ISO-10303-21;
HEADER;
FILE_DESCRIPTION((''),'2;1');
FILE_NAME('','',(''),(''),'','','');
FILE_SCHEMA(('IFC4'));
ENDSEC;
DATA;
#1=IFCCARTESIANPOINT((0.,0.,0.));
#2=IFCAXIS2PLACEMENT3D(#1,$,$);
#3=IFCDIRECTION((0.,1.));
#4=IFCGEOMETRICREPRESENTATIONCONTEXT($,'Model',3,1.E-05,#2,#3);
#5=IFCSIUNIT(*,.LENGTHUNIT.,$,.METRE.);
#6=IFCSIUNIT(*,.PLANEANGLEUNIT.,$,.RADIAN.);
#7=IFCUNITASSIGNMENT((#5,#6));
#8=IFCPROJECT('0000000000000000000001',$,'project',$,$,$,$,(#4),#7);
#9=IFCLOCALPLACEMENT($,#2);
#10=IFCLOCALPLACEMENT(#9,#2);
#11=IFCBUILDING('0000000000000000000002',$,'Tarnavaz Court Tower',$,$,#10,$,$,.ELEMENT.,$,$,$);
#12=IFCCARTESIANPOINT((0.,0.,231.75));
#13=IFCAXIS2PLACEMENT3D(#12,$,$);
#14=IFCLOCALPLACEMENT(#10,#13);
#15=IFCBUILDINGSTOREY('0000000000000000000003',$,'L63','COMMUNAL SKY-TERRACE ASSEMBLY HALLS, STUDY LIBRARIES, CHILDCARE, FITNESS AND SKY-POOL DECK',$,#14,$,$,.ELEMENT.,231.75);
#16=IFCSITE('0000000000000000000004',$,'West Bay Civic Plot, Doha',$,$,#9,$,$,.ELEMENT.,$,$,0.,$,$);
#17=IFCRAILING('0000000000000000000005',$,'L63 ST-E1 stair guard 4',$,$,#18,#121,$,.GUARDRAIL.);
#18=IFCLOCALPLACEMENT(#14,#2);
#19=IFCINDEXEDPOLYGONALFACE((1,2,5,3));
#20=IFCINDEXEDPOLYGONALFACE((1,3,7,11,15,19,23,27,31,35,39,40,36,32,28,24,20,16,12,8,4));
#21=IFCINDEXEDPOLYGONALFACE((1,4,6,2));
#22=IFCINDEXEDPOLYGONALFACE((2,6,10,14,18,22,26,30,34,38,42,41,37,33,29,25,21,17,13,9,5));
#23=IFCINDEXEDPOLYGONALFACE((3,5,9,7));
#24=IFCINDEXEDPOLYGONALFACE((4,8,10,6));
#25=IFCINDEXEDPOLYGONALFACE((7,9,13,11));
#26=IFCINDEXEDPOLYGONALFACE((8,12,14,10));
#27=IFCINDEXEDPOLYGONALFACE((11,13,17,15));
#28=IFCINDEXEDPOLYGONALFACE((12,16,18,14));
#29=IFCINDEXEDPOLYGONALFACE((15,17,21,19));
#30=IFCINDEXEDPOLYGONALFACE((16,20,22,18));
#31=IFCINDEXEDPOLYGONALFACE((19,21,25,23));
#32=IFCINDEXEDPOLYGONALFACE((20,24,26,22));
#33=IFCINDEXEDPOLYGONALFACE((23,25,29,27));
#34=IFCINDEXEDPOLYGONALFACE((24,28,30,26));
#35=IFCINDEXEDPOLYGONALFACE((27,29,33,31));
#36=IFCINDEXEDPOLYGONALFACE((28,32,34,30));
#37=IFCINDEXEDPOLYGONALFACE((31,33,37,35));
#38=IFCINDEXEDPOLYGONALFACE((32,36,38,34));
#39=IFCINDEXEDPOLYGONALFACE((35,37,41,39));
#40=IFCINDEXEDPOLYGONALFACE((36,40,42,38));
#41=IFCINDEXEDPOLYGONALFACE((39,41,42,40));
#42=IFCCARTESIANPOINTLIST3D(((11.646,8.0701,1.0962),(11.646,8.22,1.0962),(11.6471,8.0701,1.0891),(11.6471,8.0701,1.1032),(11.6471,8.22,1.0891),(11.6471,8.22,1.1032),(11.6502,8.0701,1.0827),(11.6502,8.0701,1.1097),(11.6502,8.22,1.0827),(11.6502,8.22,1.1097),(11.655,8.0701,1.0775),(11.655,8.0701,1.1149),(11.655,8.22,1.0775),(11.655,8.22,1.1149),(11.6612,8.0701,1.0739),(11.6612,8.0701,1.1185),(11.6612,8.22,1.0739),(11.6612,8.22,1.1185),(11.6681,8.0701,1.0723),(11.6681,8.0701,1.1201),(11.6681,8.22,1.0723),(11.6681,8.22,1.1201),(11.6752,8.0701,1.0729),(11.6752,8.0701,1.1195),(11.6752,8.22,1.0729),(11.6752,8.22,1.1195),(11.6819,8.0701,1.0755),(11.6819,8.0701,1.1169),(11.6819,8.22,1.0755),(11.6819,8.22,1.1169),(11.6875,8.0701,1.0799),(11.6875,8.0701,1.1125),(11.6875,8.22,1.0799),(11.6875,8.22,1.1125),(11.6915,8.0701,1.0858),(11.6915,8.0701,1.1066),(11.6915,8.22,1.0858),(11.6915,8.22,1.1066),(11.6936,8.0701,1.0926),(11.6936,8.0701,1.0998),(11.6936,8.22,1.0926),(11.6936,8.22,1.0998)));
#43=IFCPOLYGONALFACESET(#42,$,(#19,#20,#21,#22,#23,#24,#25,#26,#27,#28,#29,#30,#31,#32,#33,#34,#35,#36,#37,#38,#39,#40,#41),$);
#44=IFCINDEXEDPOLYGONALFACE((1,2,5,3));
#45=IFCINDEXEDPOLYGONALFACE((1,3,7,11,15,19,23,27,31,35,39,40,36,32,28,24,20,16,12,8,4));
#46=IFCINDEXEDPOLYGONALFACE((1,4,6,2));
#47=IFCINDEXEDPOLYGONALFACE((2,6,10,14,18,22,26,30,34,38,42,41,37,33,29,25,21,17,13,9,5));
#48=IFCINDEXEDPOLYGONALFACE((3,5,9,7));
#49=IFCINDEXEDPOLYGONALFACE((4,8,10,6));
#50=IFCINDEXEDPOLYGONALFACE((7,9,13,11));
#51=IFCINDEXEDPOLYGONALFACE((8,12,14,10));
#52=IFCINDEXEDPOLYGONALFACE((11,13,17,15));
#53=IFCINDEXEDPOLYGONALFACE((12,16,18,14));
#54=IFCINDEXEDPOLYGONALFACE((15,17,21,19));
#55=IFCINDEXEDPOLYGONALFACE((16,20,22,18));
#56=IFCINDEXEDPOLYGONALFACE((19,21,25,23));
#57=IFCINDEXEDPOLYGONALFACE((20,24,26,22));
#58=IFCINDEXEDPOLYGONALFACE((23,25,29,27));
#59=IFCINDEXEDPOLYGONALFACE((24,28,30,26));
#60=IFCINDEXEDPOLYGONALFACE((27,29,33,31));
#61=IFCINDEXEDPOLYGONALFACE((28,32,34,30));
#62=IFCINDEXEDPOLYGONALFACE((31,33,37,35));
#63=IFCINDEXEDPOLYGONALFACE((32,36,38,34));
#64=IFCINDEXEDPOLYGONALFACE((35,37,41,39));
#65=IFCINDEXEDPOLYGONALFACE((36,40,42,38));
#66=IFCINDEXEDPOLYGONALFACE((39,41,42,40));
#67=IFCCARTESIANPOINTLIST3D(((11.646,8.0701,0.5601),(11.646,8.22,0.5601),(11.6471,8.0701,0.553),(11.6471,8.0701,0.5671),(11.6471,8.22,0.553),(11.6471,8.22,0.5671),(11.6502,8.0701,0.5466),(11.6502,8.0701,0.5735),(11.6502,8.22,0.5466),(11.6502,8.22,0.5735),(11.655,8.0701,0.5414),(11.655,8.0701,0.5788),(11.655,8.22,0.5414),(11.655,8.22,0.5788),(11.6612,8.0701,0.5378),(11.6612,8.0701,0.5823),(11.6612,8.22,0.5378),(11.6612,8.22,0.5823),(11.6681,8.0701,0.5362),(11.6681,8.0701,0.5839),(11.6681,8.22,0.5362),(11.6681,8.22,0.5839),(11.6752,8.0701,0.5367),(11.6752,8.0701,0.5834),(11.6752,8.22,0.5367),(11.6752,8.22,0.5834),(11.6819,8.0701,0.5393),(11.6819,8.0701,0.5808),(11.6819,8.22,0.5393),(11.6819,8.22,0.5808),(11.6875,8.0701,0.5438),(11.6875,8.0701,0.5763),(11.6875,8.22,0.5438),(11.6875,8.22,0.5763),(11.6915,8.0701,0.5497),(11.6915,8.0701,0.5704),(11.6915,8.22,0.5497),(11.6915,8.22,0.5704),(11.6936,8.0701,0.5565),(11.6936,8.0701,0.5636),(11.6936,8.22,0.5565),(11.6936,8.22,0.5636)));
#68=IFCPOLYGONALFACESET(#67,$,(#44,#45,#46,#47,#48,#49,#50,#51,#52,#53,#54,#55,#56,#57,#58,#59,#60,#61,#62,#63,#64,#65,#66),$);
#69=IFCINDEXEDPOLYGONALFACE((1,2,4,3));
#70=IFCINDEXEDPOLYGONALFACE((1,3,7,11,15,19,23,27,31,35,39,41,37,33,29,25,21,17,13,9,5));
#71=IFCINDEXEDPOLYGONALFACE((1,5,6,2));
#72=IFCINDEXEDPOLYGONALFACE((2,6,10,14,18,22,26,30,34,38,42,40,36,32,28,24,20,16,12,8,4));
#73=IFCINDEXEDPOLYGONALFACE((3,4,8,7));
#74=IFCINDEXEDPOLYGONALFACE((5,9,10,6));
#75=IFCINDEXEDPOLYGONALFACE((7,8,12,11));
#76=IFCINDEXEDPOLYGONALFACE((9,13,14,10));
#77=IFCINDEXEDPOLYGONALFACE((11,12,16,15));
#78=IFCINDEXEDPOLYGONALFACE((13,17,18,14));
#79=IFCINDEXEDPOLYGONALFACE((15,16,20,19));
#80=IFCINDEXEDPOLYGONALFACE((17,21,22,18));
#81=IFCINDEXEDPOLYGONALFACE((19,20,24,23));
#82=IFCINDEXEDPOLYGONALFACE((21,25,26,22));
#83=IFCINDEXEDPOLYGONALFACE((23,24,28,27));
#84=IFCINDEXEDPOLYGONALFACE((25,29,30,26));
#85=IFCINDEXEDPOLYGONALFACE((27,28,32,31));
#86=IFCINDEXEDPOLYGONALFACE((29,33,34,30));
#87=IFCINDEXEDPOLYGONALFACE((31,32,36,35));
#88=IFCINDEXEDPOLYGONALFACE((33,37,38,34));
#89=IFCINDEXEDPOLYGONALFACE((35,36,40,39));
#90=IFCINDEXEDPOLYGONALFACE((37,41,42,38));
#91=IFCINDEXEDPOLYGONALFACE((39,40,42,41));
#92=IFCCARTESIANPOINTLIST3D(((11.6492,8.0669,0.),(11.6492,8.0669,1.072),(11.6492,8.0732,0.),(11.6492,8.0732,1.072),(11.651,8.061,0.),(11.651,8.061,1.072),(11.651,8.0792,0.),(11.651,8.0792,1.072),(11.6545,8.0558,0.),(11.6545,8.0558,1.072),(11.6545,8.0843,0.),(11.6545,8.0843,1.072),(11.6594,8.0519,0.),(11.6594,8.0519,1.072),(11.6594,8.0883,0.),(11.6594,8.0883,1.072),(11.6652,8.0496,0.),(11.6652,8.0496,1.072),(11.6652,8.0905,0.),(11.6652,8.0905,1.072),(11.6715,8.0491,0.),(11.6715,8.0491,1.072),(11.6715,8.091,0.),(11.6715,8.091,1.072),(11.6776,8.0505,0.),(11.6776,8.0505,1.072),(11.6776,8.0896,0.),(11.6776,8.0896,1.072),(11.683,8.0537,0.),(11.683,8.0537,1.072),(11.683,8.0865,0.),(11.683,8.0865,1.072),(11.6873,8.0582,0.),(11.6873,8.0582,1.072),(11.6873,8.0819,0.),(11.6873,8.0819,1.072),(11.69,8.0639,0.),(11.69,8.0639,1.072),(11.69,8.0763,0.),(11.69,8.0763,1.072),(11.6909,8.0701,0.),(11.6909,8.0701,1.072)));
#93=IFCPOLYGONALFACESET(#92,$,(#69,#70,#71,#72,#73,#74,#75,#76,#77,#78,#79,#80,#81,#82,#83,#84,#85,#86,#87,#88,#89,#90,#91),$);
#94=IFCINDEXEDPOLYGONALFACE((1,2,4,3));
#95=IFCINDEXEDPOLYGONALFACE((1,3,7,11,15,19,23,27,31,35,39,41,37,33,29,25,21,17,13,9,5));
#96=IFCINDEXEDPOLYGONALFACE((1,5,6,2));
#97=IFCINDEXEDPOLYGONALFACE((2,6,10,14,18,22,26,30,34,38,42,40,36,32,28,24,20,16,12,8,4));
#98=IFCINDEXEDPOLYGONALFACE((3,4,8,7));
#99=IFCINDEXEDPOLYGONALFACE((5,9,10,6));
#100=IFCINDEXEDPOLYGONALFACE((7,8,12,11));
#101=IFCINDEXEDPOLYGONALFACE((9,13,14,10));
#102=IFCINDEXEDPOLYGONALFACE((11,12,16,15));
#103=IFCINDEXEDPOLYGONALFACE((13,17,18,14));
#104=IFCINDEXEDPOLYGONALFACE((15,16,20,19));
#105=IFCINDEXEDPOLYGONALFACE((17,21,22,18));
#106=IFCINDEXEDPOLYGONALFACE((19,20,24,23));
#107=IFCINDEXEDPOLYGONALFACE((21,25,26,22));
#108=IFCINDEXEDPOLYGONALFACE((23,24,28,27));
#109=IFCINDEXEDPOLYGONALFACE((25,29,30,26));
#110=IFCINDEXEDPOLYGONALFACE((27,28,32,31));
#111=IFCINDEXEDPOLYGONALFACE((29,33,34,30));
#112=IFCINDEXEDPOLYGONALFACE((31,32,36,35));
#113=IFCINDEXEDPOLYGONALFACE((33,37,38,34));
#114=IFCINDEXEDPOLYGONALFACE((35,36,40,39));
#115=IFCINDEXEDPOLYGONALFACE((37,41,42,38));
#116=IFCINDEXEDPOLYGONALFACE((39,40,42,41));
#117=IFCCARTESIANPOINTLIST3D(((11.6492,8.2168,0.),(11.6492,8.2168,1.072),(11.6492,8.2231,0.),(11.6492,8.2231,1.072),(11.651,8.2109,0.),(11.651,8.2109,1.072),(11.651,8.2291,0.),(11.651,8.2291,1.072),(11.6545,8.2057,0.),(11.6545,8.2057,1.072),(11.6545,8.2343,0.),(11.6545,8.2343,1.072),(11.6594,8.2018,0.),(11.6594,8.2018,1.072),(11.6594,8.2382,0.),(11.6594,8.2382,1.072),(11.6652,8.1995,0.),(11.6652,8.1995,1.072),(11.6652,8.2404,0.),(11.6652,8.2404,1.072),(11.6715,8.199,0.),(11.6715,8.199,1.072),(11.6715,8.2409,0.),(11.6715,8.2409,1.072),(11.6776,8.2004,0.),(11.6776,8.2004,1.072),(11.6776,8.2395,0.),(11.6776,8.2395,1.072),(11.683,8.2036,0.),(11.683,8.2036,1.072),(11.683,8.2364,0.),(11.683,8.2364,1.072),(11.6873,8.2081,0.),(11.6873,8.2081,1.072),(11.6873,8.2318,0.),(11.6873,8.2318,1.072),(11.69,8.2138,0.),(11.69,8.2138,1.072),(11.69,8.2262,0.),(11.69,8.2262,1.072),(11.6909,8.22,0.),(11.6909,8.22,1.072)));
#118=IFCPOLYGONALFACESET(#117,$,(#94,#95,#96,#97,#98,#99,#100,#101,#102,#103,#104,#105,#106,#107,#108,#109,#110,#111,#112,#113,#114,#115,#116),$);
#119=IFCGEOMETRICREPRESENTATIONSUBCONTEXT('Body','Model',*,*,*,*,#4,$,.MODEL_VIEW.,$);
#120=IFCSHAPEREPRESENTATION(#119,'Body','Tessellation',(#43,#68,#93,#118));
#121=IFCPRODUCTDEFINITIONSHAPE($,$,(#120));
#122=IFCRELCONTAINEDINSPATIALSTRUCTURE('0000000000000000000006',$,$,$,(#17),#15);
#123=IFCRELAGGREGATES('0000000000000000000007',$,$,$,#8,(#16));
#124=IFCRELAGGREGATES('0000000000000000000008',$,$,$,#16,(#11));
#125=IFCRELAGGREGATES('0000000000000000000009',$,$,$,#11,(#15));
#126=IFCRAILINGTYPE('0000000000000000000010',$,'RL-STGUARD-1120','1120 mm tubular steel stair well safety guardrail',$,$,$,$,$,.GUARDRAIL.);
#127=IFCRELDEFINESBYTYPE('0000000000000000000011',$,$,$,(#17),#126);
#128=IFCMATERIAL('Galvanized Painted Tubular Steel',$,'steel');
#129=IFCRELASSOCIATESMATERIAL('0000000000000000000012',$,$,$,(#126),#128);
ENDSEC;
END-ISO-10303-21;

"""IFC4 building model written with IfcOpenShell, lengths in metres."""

from ifc_helpers import new_model, si_unit, direction, frame, origin, origin_2d, place, context, subcontext, project, spatial, circle, extrude, material, type_object, element, save


model = new_model("IFC4")

# Units and contexts
model_context = context("Model", 3, precision=1e-05, world=origin(), true_north=direction((0.0, 1.0)))
body_context = subcontext(model_context, "Body", "Model", "MODEL_VIEW")
ifc_project = project(units=[si_unit("LENGTHUNIT", "METRE"), si_unit("PLANEANGLEUNIT", "RADIAN")], contexts=[model_context])

# Site, building, storey
site_placement = place(None, origin())
site = spatial("IfcSite", under=ifc_project, at=site_placement, Name="West Bay Civic Plot, Doha", CompositionType="ELEMENT", RefElevation=0.0)
building_placement = place(site_placement, origin())
building = spatial("IfcBuilding", under=site, at=building_placement, Name="Tarnavaz Court Tower", CompositionType="ELEMENT")
storey_placement = place(building_placement, frame((0.0, 0.0, 231.75)))
storey = spatial("IfcBuildingStorey", under=building, at=storey_placement, Name="L63", Description="COMMUNAL SKY-TERRACE ASSEMBLY HALLS, STUDY LIBRARIES, CHILDCARE, FITNESS AND SKY-POOL DECK", CompositionType="ELEMENT", Elevation=231.75)

# Railing
ifc_material_1 = material(Name="Galvanized Painted Tubular Steel", Category="steel")
railing_type_1 = type_object("IfcRailingType", Name="RL-STGUARD-1120", Description="1120 mm tubular steel stair well safety guardrail", PredefinedType="GUARDRAIL", material=ifc_material_1)
railing_1_placement = place(storey_placement, frame((11.6699, 8.0701, 0.0)))
element("IfcRailing", 1, at=railing_1_placement, inside=storey, type_object=railing_type_1, Name="L63 ST-E1 stair guard 4", PredefinedType="GUARDRAIL", context=body_context, shape_type="SweptSolid", body=[
    extrude(circle(Radius=0.0239, at=origin_2d()), frame((0.0, 0.0, 1.0962), z_axis=(0.0, 1.0, 0.0), x_axis=(-1.0, 0.0, 0.0)), (0.0, 0.0, 1.0), 0.1499),
    extrude(circle(Radius=0.0239, at=origin_2d()), frame((0.0, 0.0, 0.5601), z_axis=(0.0, 1.0, 0.0), x_axis=(-1.0, 0.0, 0.0)), (0.0, 0.0, 1.0), 0.1499),
    extrude(circle(Radius=0.021, at=origin_2d()), origin(), (0.0, 0.0, 1.0), 1.072),
    extrude(circle(Radius=0.021, at=origin_2d()), frame((0.0, 0.1499, 0.0)), (0.0, 0.0, 1.0), 1.072),
])

save(model, "model.ifc")
